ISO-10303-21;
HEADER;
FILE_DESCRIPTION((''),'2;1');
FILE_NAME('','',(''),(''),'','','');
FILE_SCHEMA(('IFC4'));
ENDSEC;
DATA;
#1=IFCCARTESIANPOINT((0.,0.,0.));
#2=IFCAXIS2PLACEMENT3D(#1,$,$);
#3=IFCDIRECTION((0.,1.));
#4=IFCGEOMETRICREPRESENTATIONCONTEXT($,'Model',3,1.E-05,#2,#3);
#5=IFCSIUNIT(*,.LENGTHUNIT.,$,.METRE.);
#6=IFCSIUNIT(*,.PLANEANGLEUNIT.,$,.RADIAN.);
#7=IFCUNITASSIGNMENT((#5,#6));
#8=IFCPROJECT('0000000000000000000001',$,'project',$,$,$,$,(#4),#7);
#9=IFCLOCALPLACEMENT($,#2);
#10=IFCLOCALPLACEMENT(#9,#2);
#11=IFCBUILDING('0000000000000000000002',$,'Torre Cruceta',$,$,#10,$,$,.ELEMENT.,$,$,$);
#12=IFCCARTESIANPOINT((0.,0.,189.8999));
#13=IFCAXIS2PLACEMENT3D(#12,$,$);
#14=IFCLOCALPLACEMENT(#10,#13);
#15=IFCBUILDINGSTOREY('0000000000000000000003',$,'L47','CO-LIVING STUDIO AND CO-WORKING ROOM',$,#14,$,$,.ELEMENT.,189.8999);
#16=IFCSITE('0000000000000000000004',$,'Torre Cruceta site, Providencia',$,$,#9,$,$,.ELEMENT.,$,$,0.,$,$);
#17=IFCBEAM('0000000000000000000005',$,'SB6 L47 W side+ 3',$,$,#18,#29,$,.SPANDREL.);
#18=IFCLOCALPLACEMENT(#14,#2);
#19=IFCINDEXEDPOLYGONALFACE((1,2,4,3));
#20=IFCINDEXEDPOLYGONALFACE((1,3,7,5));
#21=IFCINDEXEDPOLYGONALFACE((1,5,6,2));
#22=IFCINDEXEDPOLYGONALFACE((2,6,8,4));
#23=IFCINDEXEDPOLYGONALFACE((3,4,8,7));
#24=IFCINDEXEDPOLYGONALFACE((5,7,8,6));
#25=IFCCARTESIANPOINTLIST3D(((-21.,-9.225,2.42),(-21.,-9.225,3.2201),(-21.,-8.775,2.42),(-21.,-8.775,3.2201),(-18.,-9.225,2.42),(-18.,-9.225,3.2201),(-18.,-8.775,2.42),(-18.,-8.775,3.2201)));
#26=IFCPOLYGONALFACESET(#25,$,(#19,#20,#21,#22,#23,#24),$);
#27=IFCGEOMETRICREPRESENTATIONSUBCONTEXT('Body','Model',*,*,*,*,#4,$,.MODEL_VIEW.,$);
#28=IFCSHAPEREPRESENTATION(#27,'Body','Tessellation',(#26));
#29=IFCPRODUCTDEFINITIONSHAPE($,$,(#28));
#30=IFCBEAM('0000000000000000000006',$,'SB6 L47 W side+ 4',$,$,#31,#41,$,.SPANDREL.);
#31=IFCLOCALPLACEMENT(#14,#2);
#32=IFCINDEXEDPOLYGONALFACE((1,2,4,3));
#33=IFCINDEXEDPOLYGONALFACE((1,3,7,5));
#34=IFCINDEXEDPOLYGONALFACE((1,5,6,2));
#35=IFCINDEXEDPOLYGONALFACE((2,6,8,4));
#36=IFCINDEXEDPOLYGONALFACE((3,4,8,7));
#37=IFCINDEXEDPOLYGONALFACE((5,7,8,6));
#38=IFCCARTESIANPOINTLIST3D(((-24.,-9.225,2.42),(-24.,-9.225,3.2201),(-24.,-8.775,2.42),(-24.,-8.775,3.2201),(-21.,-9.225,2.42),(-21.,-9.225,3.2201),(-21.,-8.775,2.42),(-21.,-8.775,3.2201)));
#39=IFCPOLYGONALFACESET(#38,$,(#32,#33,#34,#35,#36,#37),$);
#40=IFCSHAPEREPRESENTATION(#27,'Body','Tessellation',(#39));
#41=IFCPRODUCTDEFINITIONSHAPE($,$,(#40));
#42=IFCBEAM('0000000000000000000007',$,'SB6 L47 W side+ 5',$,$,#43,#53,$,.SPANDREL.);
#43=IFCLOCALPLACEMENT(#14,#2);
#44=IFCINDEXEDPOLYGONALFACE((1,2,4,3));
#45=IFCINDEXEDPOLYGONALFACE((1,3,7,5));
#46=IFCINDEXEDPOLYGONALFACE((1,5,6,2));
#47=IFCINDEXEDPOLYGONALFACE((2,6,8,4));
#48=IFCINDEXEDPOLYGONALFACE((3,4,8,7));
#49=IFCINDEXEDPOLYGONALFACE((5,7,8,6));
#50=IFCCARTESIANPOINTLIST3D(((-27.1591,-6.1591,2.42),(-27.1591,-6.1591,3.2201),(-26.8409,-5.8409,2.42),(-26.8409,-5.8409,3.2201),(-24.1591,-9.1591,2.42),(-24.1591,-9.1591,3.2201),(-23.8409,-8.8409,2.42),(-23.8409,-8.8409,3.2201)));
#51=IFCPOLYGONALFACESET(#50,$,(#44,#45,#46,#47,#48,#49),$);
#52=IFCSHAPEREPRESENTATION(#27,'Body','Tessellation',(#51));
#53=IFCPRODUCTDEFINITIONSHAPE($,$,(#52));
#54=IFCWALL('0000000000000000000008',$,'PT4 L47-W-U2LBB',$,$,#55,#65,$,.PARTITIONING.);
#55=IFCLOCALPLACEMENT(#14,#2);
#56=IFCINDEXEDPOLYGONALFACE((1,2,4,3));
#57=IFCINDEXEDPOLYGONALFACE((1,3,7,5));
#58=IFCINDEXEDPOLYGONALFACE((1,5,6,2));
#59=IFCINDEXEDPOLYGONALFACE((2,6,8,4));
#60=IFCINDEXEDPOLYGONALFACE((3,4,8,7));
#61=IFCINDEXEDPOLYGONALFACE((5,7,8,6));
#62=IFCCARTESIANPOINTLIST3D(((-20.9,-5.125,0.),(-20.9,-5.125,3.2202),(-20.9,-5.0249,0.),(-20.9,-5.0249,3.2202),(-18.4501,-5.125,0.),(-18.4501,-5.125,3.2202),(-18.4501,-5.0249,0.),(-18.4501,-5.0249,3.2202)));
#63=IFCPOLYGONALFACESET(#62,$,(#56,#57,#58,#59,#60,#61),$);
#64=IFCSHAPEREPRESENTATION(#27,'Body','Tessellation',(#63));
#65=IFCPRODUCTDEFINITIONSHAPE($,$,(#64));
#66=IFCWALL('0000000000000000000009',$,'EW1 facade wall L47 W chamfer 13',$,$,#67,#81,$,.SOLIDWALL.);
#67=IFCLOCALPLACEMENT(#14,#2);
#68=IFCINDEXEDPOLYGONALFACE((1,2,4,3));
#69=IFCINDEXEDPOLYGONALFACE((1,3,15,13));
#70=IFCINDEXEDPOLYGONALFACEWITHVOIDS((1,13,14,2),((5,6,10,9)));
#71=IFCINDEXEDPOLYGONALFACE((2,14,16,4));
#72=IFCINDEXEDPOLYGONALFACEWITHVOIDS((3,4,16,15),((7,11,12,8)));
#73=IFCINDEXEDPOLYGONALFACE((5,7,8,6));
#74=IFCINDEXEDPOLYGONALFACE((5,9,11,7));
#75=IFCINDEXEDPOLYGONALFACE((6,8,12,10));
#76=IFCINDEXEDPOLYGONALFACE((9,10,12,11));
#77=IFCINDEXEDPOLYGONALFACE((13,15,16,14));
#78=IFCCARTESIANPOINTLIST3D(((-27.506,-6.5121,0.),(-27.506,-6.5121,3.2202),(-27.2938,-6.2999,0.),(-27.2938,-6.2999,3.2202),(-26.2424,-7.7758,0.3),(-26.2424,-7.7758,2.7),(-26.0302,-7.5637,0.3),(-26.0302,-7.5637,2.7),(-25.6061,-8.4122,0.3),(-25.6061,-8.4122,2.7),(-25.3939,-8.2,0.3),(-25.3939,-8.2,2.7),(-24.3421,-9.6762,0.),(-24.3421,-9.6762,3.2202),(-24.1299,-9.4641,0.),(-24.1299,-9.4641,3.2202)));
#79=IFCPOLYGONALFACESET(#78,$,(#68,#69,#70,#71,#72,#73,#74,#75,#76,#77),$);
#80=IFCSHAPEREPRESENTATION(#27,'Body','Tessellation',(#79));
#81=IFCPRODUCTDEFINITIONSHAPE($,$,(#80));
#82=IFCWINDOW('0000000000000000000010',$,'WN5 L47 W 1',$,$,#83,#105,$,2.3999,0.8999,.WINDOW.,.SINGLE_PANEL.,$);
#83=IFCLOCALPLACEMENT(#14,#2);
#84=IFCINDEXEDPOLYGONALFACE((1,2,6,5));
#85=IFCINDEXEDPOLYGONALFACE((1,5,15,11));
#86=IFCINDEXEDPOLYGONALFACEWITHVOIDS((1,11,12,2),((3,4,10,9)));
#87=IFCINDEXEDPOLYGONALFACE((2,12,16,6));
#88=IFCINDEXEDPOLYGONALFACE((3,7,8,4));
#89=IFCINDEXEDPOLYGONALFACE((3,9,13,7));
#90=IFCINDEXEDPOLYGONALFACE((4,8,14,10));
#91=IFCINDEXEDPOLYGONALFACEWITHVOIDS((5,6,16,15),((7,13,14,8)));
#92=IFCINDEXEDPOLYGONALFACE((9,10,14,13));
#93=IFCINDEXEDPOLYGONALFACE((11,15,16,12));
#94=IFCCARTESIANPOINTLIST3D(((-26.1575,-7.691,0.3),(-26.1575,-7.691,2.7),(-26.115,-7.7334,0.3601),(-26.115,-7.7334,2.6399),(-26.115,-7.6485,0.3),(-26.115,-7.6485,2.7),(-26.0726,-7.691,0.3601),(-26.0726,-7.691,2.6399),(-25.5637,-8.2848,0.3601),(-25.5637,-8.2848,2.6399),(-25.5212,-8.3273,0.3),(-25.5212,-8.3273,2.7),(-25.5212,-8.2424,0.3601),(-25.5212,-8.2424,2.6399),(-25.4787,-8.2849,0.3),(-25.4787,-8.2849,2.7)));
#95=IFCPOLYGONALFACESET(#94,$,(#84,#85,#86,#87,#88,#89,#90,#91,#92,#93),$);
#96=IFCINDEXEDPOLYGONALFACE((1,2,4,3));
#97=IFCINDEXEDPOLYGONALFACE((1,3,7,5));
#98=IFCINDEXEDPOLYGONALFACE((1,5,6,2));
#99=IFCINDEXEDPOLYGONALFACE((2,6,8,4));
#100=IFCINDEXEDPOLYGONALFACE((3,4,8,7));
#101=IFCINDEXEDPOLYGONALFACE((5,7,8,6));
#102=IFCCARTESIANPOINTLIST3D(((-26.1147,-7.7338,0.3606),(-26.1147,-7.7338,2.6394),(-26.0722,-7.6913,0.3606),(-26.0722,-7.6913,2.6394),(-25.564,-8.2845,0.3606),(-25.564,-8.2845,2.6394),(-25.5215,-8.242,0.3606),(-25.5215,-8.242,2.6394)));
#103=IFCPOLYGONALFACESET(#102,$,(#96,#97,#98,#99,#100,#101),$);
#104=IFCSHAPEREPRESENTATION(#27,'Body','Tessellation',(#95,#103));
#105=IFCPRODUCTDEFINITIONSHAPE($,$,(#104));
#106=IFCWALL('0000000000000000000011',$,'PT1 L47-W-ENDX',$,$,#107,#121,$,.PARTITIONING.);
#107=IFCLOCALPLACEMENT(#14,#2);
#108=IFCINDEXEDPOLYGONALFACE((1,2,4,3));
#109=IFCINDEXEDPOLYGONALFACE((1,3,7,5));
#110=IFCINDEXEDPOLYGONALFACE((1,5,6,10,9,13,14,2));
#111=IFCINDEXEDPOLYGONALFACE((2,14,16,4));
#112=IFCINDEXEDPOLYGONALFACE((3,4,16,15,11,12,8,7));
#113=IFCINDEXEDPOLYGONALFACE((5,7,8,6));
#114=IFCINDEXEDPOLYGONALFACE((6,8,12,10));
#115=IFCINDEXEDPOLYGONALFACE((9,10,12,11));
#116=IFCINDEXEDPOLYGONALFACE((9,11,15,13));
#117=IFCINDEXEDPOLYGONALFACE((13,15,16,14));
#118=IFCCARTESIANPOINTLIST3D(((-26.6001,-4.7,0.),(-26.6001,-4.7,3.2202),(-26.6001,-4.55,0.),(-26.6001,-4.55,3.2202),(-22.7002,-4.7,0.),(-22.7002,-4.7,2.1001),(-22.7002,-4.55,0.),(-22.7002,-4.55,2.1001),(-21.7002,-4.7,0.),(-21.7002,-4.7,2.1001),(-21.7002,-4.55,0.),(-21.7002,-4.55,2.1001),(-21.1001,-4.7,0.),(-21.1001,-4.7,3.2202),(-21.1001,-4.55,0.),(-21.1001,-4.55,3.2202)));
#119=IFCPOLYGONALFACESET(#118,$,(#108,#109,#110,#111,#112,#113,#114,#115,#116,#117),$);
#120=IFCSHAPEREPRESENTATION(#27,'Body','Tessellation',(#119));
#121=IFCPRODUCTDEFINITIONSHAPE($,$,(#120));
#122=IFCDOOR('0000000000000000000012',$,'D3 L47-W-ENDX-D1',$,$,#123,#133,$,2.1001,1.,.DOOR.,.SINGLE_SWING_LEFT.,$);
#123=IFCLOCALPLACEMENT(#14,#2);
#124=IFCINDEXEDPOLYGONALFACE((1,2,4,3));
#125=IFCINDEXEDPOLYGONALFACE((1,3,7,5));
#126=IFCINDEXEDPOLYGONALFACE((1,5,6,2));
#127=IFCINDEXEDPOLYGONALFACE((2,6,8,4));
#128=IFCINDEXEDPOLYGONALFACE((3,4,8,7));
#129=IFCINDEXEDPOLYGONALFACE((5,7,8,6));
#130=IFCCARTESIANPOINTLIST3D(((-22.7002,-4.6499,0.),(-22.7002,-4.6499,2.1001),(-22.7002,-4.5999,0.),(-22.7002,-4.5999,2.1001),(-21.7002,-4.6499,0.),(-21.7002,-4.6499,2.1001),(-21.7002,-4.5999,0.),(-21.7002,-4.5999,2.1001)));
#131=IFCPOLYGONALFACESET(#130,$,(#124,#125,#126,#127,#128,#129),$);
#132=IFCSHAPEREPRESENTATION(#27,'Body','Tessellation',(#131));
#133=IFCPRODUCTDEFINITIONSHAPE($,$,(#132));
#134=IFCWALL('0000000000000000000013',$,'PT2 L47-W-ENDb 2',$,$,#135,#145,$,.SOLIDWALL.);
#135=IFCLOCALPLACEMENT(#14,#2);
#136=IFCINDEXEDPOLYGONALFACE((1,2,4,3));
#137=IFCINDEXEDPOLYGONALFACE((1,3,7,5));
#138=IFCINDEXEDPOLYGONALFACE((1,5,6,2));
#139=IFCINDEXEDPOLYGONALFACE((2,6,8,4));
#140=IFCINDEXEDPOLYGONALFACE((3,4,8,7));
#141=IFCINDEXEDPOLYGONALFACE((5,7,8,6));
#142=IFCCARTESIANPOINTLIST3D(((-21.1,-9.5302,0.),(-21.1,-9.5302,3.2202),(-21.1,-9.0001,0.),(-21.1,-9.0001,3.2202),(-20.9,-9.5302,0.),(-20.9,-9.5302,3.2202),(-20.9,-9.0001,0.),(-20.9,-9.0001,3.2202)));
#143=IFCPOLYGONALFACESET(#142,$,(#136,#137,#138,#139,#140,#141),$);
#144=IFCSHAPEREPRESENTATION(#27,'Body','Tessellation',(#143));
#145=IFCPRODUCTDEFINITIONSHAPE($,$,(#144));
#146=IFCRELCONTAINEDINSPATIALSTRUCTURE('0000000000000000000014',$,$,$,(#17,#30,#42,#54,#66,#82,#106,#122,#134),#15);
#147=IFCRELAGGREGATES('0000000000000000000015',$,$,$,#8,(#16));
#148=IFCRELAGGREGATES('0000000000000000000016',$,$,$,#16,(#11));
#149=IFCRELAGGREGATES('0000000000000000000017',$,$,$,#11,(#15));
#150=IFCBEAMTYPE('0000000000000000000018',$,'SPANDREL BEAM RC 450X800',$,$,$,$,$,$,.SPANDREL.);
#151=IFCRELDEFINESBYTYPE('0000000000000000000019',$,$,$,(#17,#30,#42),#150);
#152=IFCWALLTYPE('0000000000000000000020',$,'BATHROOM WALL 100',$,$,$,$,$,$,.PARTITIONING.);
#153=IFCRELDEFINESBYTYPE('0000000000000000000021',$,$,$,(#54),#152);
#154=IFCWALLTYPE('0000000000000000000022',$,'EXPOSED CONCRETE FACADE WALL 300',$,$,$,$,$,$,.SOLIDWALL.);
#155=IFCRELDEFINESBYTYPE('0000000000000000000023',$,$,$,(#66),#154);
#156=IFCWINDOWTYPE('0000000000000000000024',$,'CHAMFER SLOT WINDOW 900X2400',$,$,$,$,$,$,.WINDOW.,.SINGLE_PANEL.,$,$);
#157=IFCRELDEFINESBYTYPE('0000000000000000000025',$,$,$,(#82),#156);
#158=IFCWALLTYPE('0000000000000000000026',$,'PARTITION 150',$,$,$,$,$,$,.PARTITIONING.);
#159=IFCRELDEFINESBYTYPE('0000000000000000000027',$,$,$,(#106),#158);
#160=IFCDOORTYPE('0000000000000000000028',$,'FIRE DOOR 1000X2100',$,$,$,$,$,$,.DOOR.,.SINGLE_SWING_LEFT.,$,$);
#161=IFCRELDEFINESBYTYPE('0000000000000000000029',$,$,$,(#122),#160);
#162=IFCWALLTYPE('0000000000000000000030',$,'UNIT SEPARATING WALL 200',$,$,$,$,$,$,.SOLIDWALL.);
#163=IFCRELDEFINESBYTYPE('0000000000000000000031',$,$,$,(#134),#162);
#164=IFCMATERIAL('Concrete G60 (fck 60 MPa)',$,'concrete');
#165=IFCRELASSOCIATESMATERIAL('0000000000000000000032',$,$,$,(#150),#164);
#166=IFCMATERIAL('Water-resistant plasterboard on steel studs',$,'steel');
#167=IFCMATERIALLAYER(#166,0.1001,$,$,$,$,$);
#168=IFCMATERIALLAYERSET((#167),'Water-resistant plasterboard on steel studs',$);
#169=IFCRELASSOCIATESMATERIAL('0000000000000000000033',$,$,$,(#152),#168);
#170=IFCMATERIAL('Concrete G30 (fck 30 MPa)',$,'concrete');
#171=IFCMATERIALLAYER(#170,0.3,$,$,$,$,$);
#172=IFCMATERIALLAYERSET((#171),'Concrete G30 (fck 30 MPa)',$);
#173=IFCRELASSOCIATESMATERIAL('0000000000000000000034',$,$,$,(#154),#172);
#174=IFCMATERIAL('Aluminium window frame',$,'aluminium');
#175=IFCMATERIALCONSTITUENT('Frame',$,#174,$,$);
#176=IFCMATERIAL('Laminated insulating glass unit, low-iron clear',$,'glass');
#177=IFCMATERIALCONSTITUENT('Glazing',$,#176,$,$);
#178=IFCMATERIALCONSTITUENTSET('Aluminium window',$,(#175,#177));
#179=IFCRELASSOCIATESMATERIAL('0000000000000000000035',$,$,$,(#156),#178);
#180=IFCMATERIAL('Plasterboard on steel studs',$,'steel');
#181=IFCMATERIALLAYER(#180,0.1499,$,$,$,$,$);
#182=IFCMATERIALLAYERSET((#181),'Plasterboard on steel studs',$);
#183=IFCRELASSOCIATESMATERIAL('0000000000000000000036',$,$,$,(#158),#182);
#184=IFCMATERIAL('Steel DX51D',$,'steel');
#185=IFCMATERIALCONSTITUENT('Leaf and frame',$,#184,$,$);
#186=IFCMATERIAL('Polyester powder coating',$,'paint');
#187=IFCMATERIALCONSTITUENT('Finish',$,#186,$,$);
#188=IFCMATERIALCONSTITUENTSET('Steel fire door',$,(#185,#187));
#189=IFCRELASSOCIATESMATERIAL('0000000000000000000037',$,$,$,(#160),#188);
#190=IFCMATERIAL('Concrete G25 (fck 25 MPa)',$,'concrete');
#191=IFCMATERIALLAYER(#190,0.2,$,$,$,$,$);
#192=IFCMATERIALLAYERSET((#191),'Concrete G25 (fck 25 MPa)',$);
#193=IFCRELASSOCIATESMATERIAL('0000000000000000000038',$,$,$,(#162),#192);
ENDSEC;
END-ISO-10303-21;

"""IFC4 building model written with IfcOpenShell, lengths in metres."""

from ifc_helpers import new_model, si_unit, direction, frame, frame_2d, origin, origin_2d, place, context, subcontext, project, spatial, rectangle, hollow_rectangle, extrude, material, layer, layer_set, constituent, constituent_set, material_profile, profile_set, type_object, element, fill, save


model = new_model("IFC4")

# Units and contexts
model_context = context("Model", 3, precision=1e-05, world=origin(), true_north=direction((0.0, 1.0)))
body_context = subcontext(model_context, "Body", "Model", "MODEL_VIEW")
ifc_project = project(units=[si_unit("LENGTHUNIT", "METRE"), si_unit("PLANEANGLEUNIT", "RADIAN")], contexts=[model_context])

# Site, building, storey
site_placement = place(None, origin())
site = spatial("IfcSite", under=ifc_project, at=site_placement, Name="Torre Cruceta site, Providencia", CompositionType="ELEMENT", RefElevation=0.0)
building_placement = place(site_placement, origin())
building = spatial("IfcBuilding", under=site, at=building_placement, Name="Torre Cruceta", CompositionType="ELEMENT")
storey_placement = place(building_placement, frame((0.0, 0.0, 189.8999)))
storey = spatial("IfcBuildingStorey", under=building, at=storey_placement, Name="L47", Description="CO-LIVING STUDIO AND CO-WORKING ROOM", CompositionType="ELEMENT", Elevation=189.8999)

# Beams
ifc_material_1 = material(Name="Concrete G60 (fck 60 MPa)", Category="concrete")
ifc_material_profile_1 = material_profile(ifc_material_1, rectangle(XDim=0.45, YDim=0.8, at=origin_2d()), Name="RC 450X800")
ifc_profile_set_1 = profile_set([ifc_material_profile_1], Name="Concrete G60 (fck 60 MPa)")
beam_type_1 = type_object("IfcBeamType", Name="SPANDREL BEAM RC 450X800", PredefinedType="SPANDREL", material=ifc_profile_set_1)
for number, where, z_axis, x_axis, name in (
    (1, (-18.0, -9.0, 2.8201), (-1.0, 0.0, 0.0), (0.0, -1.0, 0.0), "SB6 L47 W side+ 3"),
    (2, (-21.0, -9.0, 2.8201), (-1.0, 0.0, 0.0), (0.0, -1.0, 0.0), "SB6 L47 W side+ 4"),
):
    element("IfcBeam", number, at=place(storey_placement, frame(where, z_axis=z_axis, x_axis=x_axis)), inside=storey, type_object=beam_type_1, Name=name, PredefinedType="SPANDREL", context=body_context, shape_type="SweptSolid", body=[
        extrude(rectangle(XDim=0.45, YDim=0.8, at=origin_2d()), origin(), (0.0, 0.0, 1.0), 3.0),
    ])
beam_1_placement = place(storey_placement, frame((-24.0, -9.0, 2.8201), z_axis=(-0.707107, 0.707107, 0.0), x_axis=(-0.707107, -0.707107, 0.0)))
element("IfcBeam", 3, at=beam_1_placement, inside=storey, type_object=beam_type_1, Name="SB6 L47 W side+ 5", PredefinedType="SPANDREL", context=body_context, shape_type="SweptSolid", body=[
    extrude(rectangle(XDim=0.45, YDim=0.8, at=origin_2d()), origin(), (0.0, 0.0, 1.0), 4.2427),
])

# Wall
ifc_material_2 = material(Name="Water-resistant plasterboard on steel studs", Category="steel")
ifc_layer_1 = layer(ifc_material_2, 0.1001)
ifc_layer_set_1 = layer_set([ifc_layer_1], Name="Water-resistant plasterboard on steel studs")
wall_type_1 = type_object("IfcWallType", Name="BATHROOM WALL 100", PredefinedType="PARTITIONING", material=ifc_layer_set_1)
wall_1_placement = place(storey_placement, frame((-18.45, -5.075, 0.0), z_axis=(0.0, 0.0, 1.0), x_axis=(-1.0, 0.0, 0.0)))
element("IfcWall", 4, at=wall_1_placement, inside=storey, type_object=wall_type_1, Name="PT4 L47-W-U2LBB", PredefinedType="PARTITIONING", context=body_context, shape_type="SweptSolid", body=[
    extrude(rectangle(XDim=2.45, YDim=0.1001, at=frame_2d((1.2251, 0.0))), origin(), (0.0, 0.0, 1.0), 3.2202),
])

# Wall, opening, window
ifc_material_3 = material(Name="Concrete G30 (fck 30 MPa)", Category="concrete")
ifc_layer_2 = layer(ifc_material_3, 0.3)
ifc_layer_set_2 = layer_set([ifc_layer_2], Name="Concrete G30 (fck 30 MPa)")
wall_type_2 = type_object("IfcWallType", Name="EXPOSED CONCRETE FACADE WALL 300", PredefinedType="SOLIDWALL", material=ifc_layer_set_2)
wall_2_placement = place(storey_placement, frame((-27.3999, -6.406, 0.0), z_axis=(0.0, 0.0, 1.0), x_axis=(0.707079, -0.707134, 0.0)))
wall_2 = element("IfcWall", 5, at=wall_2_placement, inside=storey, type_object=wall_type_2, Name="EW1 facade wall L47 W chamfer 13", PredefinedType="SOLIDWALL", context=body_context, shape_type="SweptSolid", body=[
    extrude(rectangle(XDim=4.4746, YDim=0.3, at=frame_2d((2.2373, 0.0))), origin(), (0.0, 0.0, 1.0), 3.2202),
])
opening_1_placement = place(wall_2_placement, frame((1.7871, 0.0, 0.3)))
opening_1 = element("IfcOpeningElement", 6, at=opening_1_placement, cuts=wall_2, PredefinedType="OPENING", context=body_context, shape_type="SweptSolid", body=[
    extrude(rectangle(XDim=0.8999, YDim=2.3999, at=frame_2d((0.45, 1.2))), frame((0.0, 0.1599, 0.0), z_axis=(0.0, -1.0, 0.0), x_axis=(1.0, 0.0, 0.0)), (0.0, 0.0, 1.0), 0.3201),
])
ifc_material_4 = material(Name="Aluminium window frame", Category="aluminium")
ifc_constituent_1 = constituent(ifc_material_4, Name="Frame")
ifc_material_5 = material(Name="Laminated insulating glass unit, low-iron clear", Category="glass")
ifc_constituent_2 = constituent(ifc_material_5, Name="Glazing")
ifc_constituent_set_1 = constituent_set(constituents=[ifc_constituent_1, ifc_constituent_2], Name="Aluminium window")
window_type = type_object("IfcWindowType", Name="CHAMFER SLOT WINDOW 900X2400", PartitioningType="SINGLE_PANEL", PredefinedType="WINDOW", material=ifc_constituent_set_1)
window_placement = place(opening_1_placement, origin())
window = element("IfcWindow", 7, at=window_placement, inside=storey, type_object=window_type, Name="WN5 L47 W 1", OverallHeight=2.3999, OverallWidth=0.8999, PartitioningType="SINGLE_PANEL", PredefinedType="WINDOW", context=body_context, shape_type="SweptSolid", body=[
    extrude(hollow_rectangle(XDim=0.8999, YDim=2.3999, WallThickness=0.0601, at=frame_2d((0.45, 1.2))), frame((0.0, 0.03, 0.0), z_axis=(0.0, -1.0, 0.0), x_axis=(1.0, 0.0, 0.0)), (0.0, 0.0, 1.0), 0.0601),
    extrude(rectangle(XDim=0.7788, YDim=2.2788, at=frame_2d((0.45, 1.2))), frame((0.0, 0.03, 0.0), z_axis=(0.0, -1.0, 0.0), x_axis=(1.0, 0.0, 0.0)), (0.0, 0.0, 1.0), 0.0601),
])
fill(opening_1, window)

# Wall, opening, door
ifc_material_6 = material(Name="Plasterboard on steel studs", Category="steel")
ifc_layer_3 = layer(ifc_material_6, 0.1499)
ifc_layer_set_3 = layer_set([ifc_layer_3], Name="Plasterboard on steel studs")
wall_type_3 = type_object("IfcWallType", Name="PARTITION 150", PredefinedType="PARTITIONING", material=ifc_layer_set_3)
wall_3_placement = place(storey_placement, frame((-21.1001, -4.625, 0.0), z_axis=(0.0, 0.0, 1.0), x_axis=(-1.0, 0.0, 0.0)))
wall_3 = element("IfcWall", 8, at=wall_3_placement, inside=storey, type_object=wall_type_3, Name="PT1 L47-W-ENDX", PredefinedType="PARTITIONING", context=body_context, shape_type="SweptSolid", body=[
    extrude(rectangle(XDim=5.5, YDim=0.1499, at=frame_2d((2.75, 0.0))), origin(), (0.0, 0.0, 1.0), 3.2202),
])
opening_2_placement = place(wall_3_placement, frame((0.6001, 0.0, 0.0)))
opening_2 = element("IfcOpeningElement", 9, at=opening_2_placement, cuts=wall_3, PredefinedType="OPENING", context=body_context, shape_type="SweptSolid", body=[
    extrude(rectangle(XDim=1.0, YDim=2.1001, at=frame_2d((0.5, 1.05))), frame((0.0, 0.085, 0.0), z_axis=(0.0, -1.0, 0.0), x_axis=(1.0, 0.0, 0.0)), (0.0, 0.0, 1.0), 0.1699),
])
ifc_material_7 = material(Name="Steel DX51D", Category="steel")
ifc_constituent_3 = constituent(ifc_material_7, Name="Leaf and frame")
ifc_material_8 = material(Name="Polyester powder coating", Category="paint")
ifc_constituent_4 = constituent(ifc_material_8, Name="Finish")
ifc_constituent_set_2 = constituent_set(constituents=[ifc_constituent_3, ifc_constituent_4], Name="Steel fire door")
door_type_1 = type_object("IfcDoorType", Name="FIRE DOOR 1000X2100", OperationType="SINGLE_SWING_LEFT", PredefinedType="DOOR", material=ifc_constituent_set_2)
door_1_placement = place(opening_2_placement, origin())
door_1 = element("IfcDoor", 10, at=door_1_placement, inside=storey, type_object=door_type_1, Name="D3 L47-W-ENDX-D1", OperationType="SINGLE_SWING_LEFT", OverallHeight=2.1001, OverallWidth=1.0, PredefinedType="DOOR", context=body_context, shape_type="SweptSolid", body=[
    extrude(rectangle(XDim=1.0, YDim=2.1001, at=frame_2d((0.5, 1.05))), frame((0.0, 0.0249, 0.0), z_axis=(0.0, -1.0, 0.0), x_axis=(1.0, 0.0, 0.0)), (0.0, 0.0, 1.0), 0.05),
])
fill(opening_2, door_1)

# Wall
ifc_material_9 = material(Name="Concrete G25 (fck 25 MPa)", Category="concrete")
ifc_layer_4 = layer(ifc_material_9, 0.2)
ifc_layer_set_4 = layer_set([ifc_layer_4], Name="Concrete G25 (fck 25 MPa)")
wall_type_4 = type_object("IfcWallType", Name="UNIT SEPARATING WALL 200", PredefinedType="SOLIDWALL", material=ifc_layer_set_4)
wall_4_placement = place(storey_placement, frame((-21.0, -9.0, 0.0), z_axis=(0.0, 0.0, 1.0), x_axis=(0.0, -1.0, 0.0)))
element("IfcWall", 11, at=wall_4_placement, inside=storey, type_object=wall_type_4, Name="PT2 L47-W-ENDb 2", PredefinedType="SOLIDWALL", context=body_context, shape_type="SweptSolid", body=[
    extrude(rectangle(XDim=0.53, YDim=0.2, at=frame_2d((0.2651, 0.0))), origin(), (0.0, 0.0, 1.0), 3.2202),
])

save(model, "model.ifc")
